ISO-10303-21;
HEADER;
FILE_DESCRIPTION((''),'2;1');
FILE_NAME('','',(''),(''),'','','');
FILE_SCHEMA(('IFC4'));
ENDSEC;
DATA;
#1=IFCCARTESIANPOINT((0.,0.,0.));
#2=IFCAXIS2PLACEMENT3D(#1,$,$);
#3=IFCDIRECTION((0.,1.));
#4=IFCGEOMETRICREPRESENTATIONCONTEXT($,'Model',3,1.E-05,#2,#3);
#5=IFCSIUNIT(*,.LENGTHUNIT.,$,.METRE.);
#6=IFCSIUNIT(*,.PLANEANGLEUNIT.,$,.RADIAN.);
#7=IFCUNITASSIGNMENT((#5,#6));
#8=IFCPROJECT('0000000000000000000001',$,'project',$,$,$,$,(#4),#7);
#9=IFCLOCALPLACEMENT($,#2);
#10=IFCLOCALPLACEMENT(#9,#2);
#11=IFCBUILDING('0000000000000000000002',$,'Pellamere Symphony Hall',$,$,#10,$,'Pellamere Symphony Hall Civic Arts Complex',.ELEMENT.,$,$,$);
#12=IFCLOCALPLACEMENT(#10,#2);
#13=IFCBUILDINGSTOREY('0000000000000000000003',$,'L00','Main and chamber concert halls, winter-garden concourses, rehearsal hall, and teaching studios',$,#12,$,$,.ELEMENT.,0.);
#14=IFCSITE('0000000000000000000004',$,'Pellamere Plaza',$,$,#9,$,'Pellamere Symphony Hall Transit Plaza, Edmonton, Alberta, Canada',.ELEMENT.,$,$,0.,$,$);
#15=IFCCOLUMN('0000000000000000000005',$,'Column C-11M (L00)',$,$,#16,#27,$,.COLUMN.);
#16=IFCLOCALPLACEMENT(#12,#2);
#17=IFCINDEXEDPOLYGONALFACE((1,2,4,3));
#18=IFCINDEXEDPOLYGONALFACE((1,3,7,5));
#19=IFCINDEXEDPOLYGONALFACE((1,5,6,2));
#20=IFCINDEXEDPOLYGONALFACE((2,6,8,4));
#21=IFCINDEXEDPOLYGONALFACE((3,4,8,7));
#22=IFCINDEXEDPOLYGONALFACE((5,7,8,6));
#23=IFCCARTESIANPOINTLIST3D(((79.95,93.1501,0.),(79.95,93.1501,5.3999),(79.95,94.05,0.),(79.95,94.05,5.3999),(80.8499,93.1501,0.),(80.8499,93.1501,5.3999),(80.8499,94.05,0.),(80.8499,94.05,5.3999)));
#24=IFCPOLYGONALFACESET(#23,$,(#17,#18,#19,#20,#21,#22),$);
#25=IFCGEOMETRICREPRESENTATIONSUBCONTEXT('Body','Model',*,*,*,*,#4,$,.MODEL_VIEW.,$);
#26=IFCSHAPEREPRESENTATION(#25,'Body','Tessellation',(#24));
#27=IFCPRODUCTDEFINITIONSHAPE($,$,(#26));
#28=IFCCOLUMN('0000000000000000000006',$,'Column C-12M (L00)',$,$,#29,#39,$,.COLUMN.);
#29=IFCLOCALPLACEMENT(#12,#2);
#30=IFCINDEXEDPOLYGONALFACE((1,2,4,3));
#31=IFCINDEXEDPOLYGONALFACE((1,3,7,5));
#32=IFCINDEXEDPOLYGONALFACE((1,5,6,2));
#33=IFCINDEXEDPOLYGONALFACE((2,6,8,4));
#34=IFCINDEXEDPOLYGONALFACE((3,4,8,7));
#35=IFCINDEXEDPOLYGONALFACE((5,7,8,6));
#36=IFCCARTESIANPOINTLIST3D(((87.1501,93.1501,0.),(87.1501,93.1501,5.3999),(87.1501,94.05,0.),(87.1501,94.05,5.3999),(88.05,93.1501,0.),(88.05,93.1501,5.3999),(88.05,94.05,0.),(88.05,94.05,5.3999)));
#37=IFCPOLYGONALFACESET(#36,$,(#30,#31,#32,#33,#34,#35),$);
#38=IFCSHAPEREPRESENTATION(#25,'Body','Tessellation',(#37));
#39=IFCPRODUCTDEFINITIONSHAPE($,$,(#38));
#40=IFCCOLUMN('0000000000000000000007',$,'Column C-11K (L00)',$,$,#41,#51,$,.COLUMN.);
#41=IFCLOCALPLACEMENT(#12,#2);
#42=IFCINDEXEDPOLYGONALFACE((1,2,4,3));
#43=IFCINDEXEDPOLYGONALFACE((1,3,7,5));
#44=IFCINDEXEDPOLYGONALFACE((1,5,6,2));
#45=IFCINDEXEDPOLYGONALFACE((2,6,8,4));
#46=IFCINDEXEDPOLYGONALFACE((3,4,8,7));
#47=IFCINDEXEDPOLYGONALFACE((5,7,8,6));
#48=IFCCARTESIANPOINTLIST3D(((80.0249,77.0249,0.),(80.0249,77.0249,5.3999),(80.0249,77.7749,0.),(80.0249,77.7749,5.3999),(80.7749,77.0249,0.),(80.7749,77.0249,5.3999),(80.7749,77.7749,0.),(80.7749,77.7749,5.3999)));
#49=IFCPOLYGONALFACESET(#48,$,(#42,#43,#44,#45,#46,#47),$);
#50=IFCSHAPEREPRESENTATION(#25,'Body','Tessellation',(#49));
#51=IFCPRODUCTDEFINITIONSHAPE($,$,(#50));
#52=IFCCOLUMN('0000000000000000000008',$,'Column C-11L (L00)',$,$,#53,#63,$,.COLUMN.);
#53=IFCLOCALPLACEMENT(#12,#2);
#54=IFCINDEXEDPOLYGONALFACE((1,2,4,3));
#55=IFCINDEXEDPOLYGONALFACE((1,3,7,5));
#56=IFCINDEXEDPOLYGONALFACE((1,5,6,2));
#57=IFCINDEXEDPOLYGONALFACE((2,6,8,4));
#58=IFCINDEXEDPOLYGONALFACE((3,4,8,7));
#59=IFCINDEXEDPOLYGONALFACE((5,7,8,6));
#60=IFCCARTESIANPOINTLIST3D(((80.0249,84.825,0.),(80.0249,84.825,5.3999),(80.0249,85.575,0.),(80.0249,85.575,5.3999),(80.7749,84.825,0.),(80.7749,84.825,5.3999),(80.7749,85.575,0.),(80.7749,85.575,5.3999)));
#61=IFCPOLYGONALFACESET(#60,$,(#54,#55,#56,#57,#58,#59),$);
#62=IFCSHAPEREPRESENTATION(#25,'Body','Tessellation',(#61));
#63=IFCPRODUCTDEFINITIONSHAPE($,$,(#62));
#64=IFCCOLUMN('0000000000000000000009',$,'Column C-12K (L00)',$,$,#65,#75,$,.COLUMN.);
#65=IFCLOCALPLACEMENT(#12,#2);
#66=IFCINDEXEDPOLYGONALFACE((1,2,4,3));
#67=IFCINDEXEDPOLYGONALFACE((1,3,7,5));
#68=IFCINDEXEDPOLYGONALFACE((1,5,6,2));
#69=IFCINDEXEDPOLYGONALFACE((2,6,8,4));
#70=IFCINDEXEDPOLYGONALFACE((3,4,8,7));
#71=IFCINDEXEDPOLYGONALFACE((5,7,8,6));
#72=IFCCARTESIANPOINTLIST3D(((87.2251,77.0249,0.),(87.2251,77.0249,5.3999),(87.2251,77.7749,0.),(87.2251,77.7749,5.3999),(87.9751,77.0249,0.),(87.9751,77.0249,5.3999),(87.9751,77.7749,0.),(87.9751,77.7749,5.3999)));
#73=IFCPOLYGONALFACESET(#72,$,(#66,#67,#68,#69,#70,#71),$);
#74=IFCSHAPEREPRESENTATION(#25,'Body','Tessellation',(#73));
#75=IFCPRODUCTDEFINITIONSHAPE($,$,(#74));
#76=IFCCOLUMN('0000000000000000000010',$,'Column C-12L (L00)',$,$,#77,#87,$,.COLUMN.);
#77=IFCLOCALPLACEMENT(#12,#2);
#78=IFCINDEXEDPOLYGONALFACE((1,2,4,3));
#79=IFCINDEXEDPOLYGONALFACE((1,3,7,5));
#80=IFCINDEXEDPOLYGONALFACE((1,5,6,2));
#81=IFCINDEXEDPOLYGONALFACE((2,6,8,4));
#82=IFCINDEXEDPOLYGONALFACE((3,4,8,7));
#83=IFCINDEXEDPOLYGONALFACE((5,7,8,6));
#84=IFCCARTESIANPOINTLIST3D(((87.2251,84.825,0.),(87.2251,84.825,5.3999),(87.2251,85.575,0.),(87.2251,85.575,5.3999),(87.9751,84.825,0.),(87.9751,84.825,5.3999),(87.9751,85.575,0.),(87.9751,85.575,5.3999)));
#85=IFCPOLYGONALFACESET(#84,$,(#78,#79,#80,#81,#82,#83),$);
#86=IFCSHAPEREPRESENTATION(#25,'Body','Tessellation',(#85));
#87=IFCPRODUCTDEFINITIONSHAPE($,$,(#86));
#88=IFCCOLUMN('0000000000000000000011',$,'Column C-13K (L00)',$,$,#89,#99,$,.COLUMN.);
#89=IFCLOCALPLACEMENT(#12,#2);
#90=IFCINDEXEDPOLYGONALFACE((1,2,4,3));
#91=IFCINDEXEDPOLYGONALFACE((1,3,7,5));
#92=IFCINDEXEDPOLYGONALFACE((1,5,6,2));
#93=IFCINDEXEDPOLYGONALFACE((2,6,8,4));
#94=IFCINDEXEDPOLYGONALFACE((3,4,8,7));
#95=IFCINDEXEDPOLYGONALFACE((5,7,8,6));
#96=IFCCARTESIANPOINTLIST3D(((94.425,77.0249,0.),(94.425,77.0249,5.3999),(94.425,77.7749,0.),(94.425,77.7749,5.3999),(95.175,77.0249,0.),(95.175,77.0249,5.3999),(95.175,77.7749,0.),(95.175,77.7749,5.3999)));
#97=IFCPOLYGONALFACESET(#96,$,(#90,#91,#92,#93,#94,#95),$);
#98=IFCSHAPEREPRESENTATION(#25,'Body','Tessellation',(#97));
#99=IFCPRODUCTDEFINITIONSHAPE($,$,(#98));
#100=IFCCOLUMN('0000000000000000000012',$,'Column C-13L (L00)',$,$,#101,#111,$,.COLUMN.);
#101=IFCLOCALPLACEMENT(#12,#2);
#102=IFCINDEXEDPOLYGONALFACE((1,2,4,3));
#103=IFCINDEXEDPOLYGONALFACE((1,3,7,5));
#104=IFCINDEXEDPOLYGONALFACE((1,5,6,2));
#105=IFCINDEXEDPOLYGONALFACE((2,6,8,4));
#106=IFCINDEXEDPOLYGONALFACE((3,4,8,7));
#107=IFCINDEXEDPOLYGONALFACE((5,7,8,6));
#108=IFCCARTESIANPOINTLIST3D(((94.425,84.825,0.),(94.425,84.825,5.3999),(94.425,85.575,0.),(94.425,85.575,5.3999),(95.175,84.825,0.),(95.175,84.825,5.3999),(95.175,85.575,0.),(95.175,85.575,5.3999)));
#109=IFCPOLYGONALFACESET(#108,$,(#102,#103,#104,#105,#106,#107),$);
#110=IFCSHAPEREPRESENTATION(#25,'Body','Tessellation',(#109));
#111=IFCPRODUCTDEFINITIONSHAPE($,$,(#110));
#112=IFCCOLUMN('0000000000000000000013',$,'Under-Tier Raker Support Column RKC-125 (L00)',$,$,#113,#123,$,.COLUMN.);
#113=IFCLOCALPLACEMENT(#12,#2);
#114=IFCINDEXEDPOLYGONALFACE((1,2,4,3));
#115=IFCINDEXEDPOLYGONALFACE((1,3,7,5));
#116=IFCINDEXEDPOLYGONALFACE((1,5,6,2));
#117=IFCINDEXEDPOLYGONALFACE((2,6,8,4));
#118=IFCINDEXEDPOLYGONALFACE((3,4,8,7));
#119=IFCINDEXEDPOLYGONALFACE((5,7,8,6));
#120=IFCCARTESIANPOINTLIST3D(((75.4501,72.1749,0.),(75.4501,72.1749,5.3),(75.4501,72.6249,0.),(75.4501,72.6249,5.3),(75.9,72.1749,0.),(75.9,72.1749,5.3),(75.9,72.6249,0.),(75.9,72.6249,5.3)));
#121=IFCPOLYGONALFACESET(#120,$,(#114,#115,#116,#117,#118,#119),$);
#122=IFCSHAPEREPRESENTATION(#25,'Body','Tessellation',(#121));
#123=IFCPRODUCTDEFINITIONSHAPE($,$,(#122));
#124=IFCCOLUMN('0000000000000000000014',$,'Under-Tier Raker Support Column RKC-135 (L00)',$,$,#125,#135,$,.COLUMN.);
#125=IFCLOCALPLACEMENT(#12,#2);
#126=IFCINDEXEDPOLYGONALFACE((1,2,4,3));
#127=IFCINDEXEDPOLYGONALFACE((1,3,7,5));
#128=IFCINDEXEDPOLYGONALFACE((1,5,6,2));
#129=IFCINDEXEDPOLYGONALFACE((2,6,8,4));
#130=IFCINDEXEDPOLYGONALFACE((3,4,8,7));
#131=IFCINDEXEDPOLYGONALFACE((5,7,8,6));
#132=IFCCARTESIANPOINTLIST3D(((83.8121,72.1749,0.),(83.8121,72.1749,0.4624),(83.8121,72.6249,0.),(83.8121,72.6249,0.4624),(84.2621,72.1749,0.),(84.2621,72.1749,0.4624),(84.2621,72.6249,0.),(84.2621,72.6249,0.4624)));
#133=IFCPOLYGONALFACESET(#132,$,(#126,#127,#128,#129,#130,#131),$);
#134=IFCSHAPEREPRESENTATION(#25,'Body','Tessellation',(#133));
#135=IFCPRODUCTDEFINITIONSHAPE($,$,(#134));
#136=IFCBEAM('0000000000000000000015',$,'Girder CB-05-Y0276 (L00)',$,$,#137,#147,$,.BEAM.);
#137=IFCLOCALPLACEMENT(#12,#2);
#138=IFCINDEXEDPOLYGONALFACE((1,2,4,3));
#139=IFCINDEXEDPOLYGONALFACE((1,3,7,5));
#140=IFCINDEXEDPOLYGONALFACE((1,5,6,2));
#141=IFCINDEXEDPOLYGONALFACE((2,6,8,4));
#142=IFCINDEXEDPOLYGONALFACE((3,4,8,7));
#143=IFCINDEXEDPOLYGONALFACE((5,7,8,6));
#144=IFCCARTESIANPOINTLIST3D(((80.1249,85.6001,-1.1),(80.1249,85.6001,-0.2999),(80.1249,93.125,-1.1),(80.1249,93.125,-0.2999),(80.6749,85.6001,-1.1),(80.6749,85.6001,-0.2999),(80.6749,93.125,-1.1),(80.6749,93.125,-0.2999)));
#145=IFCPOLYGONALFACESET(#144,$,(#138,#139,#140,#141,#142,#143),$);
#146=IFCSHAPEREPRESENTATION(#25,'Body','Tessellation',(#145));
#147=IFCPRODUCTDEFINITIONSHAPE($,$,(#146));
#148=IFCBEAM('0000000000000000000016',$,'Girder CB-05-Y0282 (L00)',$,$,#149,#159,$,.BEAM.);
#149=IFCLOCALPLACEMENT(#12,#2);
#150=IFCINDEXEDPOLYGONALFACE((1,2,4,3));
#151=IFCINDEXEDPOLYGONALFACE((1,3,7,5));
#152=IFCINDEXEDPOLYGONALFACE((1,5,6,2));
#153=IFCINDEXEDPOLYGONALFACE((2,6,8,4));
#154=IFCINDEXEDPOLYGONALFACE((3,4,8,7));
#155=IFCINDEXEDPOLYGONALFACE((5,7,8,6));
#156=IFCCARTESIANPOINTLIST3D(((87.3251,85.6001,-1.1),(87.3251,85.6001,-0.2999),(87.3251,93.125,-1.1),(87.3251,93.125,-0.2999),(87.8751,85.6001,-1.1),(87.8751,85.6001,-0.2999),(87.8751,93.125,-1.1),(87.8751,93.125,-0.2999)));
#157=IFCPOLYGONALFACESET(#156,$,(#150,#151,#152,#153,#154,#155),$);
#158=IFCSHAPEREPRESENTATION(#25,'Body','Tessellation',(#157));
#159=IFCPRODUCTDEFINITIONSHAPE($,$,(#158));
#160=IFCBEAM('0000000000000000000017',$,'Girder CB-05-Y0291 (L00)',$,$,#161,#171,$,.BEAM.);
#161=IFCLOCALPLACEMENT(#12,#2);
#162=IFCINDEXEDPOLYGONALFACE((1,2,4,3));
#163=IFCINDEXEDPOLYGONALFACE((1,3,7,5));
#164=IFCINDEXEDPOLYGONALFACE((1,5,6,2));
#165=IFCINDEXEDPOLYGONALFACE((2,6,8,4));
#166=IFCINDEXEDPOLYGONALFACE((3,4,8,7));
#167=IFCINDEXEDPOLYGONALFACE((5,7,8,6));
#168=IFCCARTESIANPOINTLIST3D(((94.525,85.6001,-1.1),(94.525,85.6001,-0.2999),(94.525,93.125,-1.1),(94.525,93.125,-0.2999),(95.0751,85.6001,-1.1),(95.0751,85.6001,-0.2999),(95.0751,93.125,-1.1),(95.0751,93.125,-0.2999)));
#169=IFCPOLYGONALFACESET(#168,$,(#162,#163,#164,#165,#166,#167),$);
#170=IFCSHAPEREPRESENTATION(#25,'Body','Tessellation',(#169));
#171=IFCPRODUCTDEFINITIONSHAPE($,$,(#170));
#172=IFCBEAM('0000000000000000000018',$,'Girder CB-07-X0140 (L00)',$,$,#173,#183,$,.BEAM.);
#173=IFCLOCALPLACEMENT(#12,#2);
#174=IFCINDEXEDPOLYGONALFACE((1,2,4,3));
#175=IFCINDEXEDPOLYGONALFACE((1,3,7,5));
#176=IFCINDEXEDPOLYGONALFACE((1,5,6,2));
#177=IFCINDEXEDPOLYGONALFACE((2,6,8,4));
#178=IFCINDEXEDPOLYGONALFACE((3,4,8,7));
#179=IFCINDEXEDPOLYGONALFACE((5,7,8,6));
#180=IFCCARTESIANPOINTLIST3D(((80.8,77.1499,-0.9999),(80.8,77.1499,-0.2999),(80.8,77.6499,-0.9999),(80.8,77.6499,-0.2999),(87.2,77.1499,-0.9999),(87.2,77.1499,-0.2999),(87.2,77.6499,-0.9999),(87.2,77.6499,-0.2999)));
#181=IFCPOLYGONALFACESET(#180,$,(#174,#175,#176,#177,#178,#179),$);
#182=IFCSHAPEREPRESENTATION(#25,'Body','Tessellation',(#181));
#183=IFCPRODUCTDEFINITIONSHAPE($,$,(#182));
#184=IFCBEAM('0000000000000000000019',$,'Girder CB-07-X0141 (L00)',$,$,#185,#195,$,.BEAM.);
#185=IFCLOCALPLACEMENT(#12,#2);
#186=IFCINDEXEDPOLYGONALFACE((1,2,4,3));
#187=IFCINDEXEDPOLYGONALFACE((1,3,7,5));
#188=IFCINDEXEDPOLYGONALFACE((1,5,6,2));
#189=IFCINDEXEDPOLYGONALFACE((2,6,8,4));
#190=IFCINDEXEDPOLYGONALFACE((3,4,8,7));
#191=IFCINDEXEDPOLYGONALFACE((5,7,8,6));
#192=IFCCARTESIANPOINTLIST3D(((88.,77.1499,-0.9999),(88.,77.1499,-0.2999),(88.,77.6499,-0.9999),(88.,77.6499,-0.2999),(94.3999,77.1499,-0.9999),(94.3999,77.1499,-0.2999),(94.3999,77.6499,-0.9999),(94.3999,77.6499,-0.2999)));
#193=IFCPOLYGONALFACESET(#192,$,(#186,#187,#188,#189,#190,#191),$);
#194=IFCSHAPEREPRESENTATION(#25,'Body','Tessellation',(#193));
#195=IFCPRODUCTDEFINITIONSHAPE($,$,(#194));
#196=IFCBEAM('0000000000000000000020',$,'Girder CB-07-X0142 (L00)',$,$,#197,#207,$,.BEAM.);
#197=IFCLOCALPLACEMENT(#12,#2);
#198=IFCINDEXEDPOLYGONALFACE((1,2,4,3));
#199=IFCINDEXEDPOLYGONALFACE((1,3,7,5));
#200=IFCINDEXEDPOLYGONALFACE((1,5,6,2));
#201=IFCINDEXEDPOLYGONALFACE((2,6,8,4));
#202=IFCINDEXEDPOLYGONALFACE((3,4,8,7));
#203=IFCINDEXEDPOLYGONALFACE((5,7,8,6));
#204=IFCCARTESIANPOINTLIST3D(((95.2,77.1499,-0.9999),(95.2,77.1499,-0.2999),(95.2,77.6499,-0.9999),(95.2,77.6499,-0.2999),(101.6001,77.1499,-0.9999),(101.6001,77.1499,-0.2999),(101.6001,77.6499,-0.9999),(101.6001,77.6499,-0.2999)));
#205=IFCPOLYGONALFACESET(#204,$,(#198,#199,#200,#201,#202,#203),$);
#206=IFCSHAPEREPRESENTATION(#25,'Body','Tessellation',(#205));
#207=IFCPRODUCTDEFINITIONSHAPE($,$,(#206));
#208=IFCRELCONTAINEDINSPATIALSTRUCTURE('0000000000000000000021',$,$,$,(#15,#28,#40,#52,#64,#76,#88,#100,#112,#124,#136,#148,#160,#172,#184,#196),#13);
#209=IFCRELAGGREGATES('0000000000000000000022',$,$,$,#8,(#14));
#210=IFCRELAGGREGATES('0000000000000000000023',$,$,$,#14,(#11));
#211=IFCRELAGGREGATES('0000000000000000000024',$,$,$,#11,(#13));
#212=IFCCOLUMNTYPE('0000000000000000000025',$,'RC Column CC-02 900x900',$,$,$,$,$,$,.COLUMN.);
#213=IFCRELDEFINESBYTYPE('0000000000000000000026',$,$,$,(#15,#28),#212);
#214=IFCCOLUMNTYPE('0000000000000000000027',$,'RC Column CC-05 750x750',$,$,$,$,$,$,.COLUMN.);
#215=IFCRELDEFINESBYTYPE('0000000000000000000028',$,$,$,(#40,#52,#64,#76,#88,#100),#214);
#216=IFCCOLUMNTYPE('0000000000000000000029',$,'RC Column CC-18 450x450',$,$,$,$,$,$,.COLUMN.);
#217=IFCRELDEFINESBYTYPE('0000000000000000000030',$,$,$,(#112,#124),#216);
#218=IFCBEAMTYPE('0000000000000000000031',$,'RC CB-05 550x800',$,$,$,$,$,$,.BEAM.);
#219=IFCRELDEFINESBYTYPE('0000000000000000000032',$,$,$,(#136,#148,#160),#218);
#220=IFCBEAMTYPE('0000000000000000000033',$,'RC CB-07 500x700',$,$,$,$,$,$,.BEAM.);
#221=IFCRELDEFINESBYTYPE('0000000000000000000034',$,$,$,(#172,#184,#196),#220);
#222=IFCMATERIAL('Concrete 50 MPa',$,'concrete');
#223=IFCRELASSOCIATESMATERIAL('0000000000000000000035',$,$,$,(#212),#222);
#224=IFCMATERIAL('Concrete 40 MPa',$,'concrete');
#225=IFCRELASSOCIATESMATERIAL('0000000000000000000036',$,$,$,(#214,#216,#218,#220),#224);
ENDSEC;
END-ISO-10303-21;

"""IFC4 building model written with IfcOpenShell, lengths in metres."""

from ifc_helpers import new_model, si_unit, direction, frame, origin, origin_2d, place, context, subcontext, project, spatial, rectangle, extrude, material, material_profile, profile_set, type_object, element, save


model = new_model("IFC4")

# Units and contexts
model_context = context("Model", 3, precision=1e-05, world=origin(), true_north=direction((0.0, 1.0)))
body_context = subcontext(model_context, "Body", "Model", "MODEL_VIEW")
ifc_project = project(units=[si_unit("LENGTHUNIT", "METRE"), si_unit("PLANEANGLEUNIT", "RADIAN")], contexts=[model_context])

# Site, building, storey
site_placement = place(None, origin())
site = spatial("IfcSite", under=ifc_project, at=site_placement, Name="Pellamere Plaza", LongName="Pellamere Symphony Hall Transit Plaza, Edmonton, Alberta, Canada", CompositionType="ELEMENT", RefElevation=0.0)
building_placement = place(site_placement, origin())
building = spatial("IfcBuilding", under=site, at=building_placement, Name="Pellamere Symphony Hall", LongName="Pellamere Symphony Hall Civic Arts Complex", CompositionType="ELEMENT")
storey_placement = place(building_placement, origin())
storey = spatial("IfcBuildingStorey", under=building, at=storey_placement, Name="L00", Description="Main and chamber concert halls, winter-garden concourses, rehearsal hall, and teaching studios", CompositionType="ELEMENT", Elevation=0.0)

# Columns
ifc_material_1 = material(Name="Concrete 50 MPa", Category="concrete")
ifc_material_profile_1 = material_profile(ifc_material_1, rectangle(XDim=0.8999, YDim=0.8999, at=origin_2d()), Name="RC 900x900")
ifc_profile_set_1 = profile_set([ifc_material_profile_1], Name="Concrete 50 MPa")
column_type_1 = type_object("IfcColumnType", Name="RC Column CC-02 900x900", PredefinedType="COLUMN", material=ifc_profile_set_1)
for number, where, z_axis, x_axis, name in (
    (1, (80.3999, 93.6001, 0.0), (0.0, 0.0, 1.0), (1.0, 0.0, 0.0), "Column C-11M (L00)"),
    (2, (87.6001, 93.6001, 0.0), (0.0, 0.0, 1.0), (1.0, 0.0, 0.0), "Column C-12M (L00)"),
):
    element("IfcColumn", number, at=place(storey_placement, frame(where, z_axis=z_axis, x_axis=x_axis)), inside=storey, type_object=column_type_1, Name=name, PredefinedType="COLUMN", context=body_context, shape_type="SweptSolid", body=[
        extrude(rectangle(XDim=0.8999, YDim=0.8999, at=origin_2d()), origin(), (0.0, 0.0, 1.0), 5.3999),
    ])
ifc_material_2 = material(Name="Concrete 40 MPa", Category="concrete")
ifc_material_profile_2 = material_profile(ifc_material_2, rectangle(XDim=0.75, YDim=0.75, at=origin_2d()), Name="RC 750x750")
ifc_profile_set_2 = profile_set([ifc_material_profile_2], Name="Concrete 40 MPa")
column_type_2 = type_object("IfcColumnType", Name="RC Column CC-05 750x750", PredefinedType="COLUMN", material=ifc_profile_set_2)
for number, where, z_axis, x_axis, name in (
    (3, (80.3999, 77.3999, 0.0), (0.0, 0.0, 1.0), (1.0, 0.0, 0.0), "Column C-11K (L00)"),
    (4, (80.3999, 85.2, 0.0), (0.0, 0.0, 1.0), (1.0, 0.0, 0.0), "Column C-11L (L00)"),
    (5, (87.6001, 77.3999, 0.0), (0.0, 0.0, 1.0), (1.0, 0.0, 0.0), "Column C-12K (L00)"),
    (6, (87.6001, 85.2, 0.0), (0.0, 0.0, 1.0), (1.0, 0.0, 0.0), "Column C-12L (L00)"),
    (7, (94.8, 77.3999, 0.0), (0.0, 0.0, 1.0), (1.0, 0.0, 0.0), "Column C-13K (L00)"),
    (8, (94.8, 85.2, 0.0), (0.0, 0.0, 1.0), (1.0, 0.0, 0.0), "Column C-13L (L00)"),
):
    element("IfcColumn", number, at=place(storey_placement, frame(where, z_axis=z_axis, x_axis=x_axis)), inside=storey, type_object=column_type_2, Name=name, PredefinedType="COLUMN", context=body_context, shape_type="SweptSolid", body=[
        extrude(rectangle(XDim=0.75, YDim=0.75, at=origin_2d()), origin(), (0.0, 0.0, 1.0), 5.3999),
    ])
ifc_material_profile_3 = material_profile(ifc_material_2, rectangle(XDim=0.45, YDim=0.45, at=origin_2d()), Name="RC 450x450")
ifc_profile_set_3 = profile_set([ifc_material_profile_3], Name="Concrete 40 MPa")
column_type_3 = type_object("IfcColumnType", Name="RC Column CC-18 450x450", PredefinedType="COLUMN", material=ifc_profile_set_3)
column_1_placement = place(storey_placement, frame((75.675, 72.3999, 0.0), z_axis=(0.0, 0.0, 1.0), x_axis=(1.0, 0.0, 0.0)))
element("IfcColumn", 9, at=column_1_placement, inside=storey, type_object=column_type_3, Name="Under-Tier Raker Support Column RKC-125 (L00)", PredefinedType="COLUMN", context=body_context, shape_type="SweptSolid", body=[
    extrude(rectangle(XDim=0.45, YDim=0.45, at=origin_2d()), origin(), (0.0, 0.0, 1.0), 5.3),
])
column_2_placement = place(storey_placement, frame((84.0371, 72.3999, 0.0), z_axis=(0.0, 0.0, 1.0), x_axis=(1.0, 0.0, 0.0)))
element("IfcColumn", 10, at=column_2_placement, inside=storey, type_object=column_type_3, Name="Under-Tier Raker Support Column RKC-135 (L00)", PredefinedType="COLUMN", context=body_context, shape_type="SweptSolid", body=[
    extrude(rectangle(XDim=0.45, YDim=0.45, at=origin_2d()), origin(), (0.0, 0.0, 1.0), 0.4624),
])

# Beams
ifc_material_profile_4 = material_profile(ifc_material_2, rectangle(XDim=0.55, YDim=0.8, at=origin_2d()), Name="RC 550x800")
ifc_profile_set_4 = profile_set([ifc_material_profile_4], Name="Concrete 40 MPa")
beam_type_1 = type_object("IfcBeamType", Name="RC CB-05 550x800", PredefinedType="BEAM", material=ifc_profile_set_4)
for number, where, z_axis, x_axis, name in (
    (11, (80.3999, 85.6001, -0.7), (0.0, 1.0, 0.0), (-1.0, 0.0, 0.0), "Girder CB-05-Y0276 (L00)"),
    (12, (87.6001, 85.6001, -0.7), (0.0, 1.0, 0.0), (-1.0, 0.0, 0.0), "Girder CB-05-Y0282 (L00)"),
    (13, (94.8, 85.6001, -0.7), (0.0, 1.0, 0.0), (-1.0, 0.0, 0.0), "Girder CB-05-Y0291 (L00)"),
):
    element("IfcBeam", number, at=place(storey_placement, frame(where, z_axis=z_axis, x_axis=x_axis)), inside=storey, type_object=beam_type_1, Name=name, PredefinedType="BEAM", context=body_context, shape_type="SweptSolid", body=[
        extrude(rectangle(XDim=0.55, YDim=0.8, at=origin_2d()), origin(), (0.0, 0.0, 1.0), 7.5249),
    ])
ifc_material_profile_5 = material_profile(ifc_material_2, rectangle(XDim=0.5, YDim=0.7, at=origin_2d()), Name="RC 500x700")
ifc_profile_set_5 = profile_set([ifc_material_profile_5], Name="Concrete 40 MPa")
beam_type_2 = type_object("IfcBeamType", Name="RC CB-07 500x700", PredefinedType="BEAM", material=ifc_profile_set_5)
for number, where, z_axis, x_axis, name in (
    (14, (80.8, 77.3999, -0.6499), (1.0, 0.0, 0.0), (0.0, 1.0, 0.0), "Girder CB-07-X0140 (L00)"),
    (15, (88.0, 77.3999, -0.6499), (1.0, 0.0, 0.0), (0.0, 1.0, 0.0), "Girder CB-07-X0141 (L00)"),
):
    element("IfcBeam", number, at=place(storey_placement, frame(where, z_axis=z_axis, x_axis=x_axis)), inside=storey, type_object=beam_type_2, Name=name, PredefinedType="BEAM", context=body_context, shape_type="SweptSolid", body=[
        extrude(rectangle(XDim=0.5, YDim=0.7, at=origin_2d()), origin(), (0.0, 0.0, 1.0), 6.3999),
    ])
beam_1_placement = place(storey_placement, frame((95.2, 77.3999, -0.6499), z_axis=(1.0, 0.0, 0.0), x_axis=(0.0, 1.0, 0.0)))
element("IfcBeam", 16, at=beam_1_placement, inside=storey, type_object=beam_type_2, Name="Girder CB-07-X0142 (L00)", PredefinedType="BEAM", context=body_context, shape_type="SweptSolid", body=[
    extrude(rectangle(XDim=0.5, YDim=0.7, at=origin_2d()), origin(), (0.0, 0.0, 1.0), 6.4001),
])

save(model, "model.ifc")
